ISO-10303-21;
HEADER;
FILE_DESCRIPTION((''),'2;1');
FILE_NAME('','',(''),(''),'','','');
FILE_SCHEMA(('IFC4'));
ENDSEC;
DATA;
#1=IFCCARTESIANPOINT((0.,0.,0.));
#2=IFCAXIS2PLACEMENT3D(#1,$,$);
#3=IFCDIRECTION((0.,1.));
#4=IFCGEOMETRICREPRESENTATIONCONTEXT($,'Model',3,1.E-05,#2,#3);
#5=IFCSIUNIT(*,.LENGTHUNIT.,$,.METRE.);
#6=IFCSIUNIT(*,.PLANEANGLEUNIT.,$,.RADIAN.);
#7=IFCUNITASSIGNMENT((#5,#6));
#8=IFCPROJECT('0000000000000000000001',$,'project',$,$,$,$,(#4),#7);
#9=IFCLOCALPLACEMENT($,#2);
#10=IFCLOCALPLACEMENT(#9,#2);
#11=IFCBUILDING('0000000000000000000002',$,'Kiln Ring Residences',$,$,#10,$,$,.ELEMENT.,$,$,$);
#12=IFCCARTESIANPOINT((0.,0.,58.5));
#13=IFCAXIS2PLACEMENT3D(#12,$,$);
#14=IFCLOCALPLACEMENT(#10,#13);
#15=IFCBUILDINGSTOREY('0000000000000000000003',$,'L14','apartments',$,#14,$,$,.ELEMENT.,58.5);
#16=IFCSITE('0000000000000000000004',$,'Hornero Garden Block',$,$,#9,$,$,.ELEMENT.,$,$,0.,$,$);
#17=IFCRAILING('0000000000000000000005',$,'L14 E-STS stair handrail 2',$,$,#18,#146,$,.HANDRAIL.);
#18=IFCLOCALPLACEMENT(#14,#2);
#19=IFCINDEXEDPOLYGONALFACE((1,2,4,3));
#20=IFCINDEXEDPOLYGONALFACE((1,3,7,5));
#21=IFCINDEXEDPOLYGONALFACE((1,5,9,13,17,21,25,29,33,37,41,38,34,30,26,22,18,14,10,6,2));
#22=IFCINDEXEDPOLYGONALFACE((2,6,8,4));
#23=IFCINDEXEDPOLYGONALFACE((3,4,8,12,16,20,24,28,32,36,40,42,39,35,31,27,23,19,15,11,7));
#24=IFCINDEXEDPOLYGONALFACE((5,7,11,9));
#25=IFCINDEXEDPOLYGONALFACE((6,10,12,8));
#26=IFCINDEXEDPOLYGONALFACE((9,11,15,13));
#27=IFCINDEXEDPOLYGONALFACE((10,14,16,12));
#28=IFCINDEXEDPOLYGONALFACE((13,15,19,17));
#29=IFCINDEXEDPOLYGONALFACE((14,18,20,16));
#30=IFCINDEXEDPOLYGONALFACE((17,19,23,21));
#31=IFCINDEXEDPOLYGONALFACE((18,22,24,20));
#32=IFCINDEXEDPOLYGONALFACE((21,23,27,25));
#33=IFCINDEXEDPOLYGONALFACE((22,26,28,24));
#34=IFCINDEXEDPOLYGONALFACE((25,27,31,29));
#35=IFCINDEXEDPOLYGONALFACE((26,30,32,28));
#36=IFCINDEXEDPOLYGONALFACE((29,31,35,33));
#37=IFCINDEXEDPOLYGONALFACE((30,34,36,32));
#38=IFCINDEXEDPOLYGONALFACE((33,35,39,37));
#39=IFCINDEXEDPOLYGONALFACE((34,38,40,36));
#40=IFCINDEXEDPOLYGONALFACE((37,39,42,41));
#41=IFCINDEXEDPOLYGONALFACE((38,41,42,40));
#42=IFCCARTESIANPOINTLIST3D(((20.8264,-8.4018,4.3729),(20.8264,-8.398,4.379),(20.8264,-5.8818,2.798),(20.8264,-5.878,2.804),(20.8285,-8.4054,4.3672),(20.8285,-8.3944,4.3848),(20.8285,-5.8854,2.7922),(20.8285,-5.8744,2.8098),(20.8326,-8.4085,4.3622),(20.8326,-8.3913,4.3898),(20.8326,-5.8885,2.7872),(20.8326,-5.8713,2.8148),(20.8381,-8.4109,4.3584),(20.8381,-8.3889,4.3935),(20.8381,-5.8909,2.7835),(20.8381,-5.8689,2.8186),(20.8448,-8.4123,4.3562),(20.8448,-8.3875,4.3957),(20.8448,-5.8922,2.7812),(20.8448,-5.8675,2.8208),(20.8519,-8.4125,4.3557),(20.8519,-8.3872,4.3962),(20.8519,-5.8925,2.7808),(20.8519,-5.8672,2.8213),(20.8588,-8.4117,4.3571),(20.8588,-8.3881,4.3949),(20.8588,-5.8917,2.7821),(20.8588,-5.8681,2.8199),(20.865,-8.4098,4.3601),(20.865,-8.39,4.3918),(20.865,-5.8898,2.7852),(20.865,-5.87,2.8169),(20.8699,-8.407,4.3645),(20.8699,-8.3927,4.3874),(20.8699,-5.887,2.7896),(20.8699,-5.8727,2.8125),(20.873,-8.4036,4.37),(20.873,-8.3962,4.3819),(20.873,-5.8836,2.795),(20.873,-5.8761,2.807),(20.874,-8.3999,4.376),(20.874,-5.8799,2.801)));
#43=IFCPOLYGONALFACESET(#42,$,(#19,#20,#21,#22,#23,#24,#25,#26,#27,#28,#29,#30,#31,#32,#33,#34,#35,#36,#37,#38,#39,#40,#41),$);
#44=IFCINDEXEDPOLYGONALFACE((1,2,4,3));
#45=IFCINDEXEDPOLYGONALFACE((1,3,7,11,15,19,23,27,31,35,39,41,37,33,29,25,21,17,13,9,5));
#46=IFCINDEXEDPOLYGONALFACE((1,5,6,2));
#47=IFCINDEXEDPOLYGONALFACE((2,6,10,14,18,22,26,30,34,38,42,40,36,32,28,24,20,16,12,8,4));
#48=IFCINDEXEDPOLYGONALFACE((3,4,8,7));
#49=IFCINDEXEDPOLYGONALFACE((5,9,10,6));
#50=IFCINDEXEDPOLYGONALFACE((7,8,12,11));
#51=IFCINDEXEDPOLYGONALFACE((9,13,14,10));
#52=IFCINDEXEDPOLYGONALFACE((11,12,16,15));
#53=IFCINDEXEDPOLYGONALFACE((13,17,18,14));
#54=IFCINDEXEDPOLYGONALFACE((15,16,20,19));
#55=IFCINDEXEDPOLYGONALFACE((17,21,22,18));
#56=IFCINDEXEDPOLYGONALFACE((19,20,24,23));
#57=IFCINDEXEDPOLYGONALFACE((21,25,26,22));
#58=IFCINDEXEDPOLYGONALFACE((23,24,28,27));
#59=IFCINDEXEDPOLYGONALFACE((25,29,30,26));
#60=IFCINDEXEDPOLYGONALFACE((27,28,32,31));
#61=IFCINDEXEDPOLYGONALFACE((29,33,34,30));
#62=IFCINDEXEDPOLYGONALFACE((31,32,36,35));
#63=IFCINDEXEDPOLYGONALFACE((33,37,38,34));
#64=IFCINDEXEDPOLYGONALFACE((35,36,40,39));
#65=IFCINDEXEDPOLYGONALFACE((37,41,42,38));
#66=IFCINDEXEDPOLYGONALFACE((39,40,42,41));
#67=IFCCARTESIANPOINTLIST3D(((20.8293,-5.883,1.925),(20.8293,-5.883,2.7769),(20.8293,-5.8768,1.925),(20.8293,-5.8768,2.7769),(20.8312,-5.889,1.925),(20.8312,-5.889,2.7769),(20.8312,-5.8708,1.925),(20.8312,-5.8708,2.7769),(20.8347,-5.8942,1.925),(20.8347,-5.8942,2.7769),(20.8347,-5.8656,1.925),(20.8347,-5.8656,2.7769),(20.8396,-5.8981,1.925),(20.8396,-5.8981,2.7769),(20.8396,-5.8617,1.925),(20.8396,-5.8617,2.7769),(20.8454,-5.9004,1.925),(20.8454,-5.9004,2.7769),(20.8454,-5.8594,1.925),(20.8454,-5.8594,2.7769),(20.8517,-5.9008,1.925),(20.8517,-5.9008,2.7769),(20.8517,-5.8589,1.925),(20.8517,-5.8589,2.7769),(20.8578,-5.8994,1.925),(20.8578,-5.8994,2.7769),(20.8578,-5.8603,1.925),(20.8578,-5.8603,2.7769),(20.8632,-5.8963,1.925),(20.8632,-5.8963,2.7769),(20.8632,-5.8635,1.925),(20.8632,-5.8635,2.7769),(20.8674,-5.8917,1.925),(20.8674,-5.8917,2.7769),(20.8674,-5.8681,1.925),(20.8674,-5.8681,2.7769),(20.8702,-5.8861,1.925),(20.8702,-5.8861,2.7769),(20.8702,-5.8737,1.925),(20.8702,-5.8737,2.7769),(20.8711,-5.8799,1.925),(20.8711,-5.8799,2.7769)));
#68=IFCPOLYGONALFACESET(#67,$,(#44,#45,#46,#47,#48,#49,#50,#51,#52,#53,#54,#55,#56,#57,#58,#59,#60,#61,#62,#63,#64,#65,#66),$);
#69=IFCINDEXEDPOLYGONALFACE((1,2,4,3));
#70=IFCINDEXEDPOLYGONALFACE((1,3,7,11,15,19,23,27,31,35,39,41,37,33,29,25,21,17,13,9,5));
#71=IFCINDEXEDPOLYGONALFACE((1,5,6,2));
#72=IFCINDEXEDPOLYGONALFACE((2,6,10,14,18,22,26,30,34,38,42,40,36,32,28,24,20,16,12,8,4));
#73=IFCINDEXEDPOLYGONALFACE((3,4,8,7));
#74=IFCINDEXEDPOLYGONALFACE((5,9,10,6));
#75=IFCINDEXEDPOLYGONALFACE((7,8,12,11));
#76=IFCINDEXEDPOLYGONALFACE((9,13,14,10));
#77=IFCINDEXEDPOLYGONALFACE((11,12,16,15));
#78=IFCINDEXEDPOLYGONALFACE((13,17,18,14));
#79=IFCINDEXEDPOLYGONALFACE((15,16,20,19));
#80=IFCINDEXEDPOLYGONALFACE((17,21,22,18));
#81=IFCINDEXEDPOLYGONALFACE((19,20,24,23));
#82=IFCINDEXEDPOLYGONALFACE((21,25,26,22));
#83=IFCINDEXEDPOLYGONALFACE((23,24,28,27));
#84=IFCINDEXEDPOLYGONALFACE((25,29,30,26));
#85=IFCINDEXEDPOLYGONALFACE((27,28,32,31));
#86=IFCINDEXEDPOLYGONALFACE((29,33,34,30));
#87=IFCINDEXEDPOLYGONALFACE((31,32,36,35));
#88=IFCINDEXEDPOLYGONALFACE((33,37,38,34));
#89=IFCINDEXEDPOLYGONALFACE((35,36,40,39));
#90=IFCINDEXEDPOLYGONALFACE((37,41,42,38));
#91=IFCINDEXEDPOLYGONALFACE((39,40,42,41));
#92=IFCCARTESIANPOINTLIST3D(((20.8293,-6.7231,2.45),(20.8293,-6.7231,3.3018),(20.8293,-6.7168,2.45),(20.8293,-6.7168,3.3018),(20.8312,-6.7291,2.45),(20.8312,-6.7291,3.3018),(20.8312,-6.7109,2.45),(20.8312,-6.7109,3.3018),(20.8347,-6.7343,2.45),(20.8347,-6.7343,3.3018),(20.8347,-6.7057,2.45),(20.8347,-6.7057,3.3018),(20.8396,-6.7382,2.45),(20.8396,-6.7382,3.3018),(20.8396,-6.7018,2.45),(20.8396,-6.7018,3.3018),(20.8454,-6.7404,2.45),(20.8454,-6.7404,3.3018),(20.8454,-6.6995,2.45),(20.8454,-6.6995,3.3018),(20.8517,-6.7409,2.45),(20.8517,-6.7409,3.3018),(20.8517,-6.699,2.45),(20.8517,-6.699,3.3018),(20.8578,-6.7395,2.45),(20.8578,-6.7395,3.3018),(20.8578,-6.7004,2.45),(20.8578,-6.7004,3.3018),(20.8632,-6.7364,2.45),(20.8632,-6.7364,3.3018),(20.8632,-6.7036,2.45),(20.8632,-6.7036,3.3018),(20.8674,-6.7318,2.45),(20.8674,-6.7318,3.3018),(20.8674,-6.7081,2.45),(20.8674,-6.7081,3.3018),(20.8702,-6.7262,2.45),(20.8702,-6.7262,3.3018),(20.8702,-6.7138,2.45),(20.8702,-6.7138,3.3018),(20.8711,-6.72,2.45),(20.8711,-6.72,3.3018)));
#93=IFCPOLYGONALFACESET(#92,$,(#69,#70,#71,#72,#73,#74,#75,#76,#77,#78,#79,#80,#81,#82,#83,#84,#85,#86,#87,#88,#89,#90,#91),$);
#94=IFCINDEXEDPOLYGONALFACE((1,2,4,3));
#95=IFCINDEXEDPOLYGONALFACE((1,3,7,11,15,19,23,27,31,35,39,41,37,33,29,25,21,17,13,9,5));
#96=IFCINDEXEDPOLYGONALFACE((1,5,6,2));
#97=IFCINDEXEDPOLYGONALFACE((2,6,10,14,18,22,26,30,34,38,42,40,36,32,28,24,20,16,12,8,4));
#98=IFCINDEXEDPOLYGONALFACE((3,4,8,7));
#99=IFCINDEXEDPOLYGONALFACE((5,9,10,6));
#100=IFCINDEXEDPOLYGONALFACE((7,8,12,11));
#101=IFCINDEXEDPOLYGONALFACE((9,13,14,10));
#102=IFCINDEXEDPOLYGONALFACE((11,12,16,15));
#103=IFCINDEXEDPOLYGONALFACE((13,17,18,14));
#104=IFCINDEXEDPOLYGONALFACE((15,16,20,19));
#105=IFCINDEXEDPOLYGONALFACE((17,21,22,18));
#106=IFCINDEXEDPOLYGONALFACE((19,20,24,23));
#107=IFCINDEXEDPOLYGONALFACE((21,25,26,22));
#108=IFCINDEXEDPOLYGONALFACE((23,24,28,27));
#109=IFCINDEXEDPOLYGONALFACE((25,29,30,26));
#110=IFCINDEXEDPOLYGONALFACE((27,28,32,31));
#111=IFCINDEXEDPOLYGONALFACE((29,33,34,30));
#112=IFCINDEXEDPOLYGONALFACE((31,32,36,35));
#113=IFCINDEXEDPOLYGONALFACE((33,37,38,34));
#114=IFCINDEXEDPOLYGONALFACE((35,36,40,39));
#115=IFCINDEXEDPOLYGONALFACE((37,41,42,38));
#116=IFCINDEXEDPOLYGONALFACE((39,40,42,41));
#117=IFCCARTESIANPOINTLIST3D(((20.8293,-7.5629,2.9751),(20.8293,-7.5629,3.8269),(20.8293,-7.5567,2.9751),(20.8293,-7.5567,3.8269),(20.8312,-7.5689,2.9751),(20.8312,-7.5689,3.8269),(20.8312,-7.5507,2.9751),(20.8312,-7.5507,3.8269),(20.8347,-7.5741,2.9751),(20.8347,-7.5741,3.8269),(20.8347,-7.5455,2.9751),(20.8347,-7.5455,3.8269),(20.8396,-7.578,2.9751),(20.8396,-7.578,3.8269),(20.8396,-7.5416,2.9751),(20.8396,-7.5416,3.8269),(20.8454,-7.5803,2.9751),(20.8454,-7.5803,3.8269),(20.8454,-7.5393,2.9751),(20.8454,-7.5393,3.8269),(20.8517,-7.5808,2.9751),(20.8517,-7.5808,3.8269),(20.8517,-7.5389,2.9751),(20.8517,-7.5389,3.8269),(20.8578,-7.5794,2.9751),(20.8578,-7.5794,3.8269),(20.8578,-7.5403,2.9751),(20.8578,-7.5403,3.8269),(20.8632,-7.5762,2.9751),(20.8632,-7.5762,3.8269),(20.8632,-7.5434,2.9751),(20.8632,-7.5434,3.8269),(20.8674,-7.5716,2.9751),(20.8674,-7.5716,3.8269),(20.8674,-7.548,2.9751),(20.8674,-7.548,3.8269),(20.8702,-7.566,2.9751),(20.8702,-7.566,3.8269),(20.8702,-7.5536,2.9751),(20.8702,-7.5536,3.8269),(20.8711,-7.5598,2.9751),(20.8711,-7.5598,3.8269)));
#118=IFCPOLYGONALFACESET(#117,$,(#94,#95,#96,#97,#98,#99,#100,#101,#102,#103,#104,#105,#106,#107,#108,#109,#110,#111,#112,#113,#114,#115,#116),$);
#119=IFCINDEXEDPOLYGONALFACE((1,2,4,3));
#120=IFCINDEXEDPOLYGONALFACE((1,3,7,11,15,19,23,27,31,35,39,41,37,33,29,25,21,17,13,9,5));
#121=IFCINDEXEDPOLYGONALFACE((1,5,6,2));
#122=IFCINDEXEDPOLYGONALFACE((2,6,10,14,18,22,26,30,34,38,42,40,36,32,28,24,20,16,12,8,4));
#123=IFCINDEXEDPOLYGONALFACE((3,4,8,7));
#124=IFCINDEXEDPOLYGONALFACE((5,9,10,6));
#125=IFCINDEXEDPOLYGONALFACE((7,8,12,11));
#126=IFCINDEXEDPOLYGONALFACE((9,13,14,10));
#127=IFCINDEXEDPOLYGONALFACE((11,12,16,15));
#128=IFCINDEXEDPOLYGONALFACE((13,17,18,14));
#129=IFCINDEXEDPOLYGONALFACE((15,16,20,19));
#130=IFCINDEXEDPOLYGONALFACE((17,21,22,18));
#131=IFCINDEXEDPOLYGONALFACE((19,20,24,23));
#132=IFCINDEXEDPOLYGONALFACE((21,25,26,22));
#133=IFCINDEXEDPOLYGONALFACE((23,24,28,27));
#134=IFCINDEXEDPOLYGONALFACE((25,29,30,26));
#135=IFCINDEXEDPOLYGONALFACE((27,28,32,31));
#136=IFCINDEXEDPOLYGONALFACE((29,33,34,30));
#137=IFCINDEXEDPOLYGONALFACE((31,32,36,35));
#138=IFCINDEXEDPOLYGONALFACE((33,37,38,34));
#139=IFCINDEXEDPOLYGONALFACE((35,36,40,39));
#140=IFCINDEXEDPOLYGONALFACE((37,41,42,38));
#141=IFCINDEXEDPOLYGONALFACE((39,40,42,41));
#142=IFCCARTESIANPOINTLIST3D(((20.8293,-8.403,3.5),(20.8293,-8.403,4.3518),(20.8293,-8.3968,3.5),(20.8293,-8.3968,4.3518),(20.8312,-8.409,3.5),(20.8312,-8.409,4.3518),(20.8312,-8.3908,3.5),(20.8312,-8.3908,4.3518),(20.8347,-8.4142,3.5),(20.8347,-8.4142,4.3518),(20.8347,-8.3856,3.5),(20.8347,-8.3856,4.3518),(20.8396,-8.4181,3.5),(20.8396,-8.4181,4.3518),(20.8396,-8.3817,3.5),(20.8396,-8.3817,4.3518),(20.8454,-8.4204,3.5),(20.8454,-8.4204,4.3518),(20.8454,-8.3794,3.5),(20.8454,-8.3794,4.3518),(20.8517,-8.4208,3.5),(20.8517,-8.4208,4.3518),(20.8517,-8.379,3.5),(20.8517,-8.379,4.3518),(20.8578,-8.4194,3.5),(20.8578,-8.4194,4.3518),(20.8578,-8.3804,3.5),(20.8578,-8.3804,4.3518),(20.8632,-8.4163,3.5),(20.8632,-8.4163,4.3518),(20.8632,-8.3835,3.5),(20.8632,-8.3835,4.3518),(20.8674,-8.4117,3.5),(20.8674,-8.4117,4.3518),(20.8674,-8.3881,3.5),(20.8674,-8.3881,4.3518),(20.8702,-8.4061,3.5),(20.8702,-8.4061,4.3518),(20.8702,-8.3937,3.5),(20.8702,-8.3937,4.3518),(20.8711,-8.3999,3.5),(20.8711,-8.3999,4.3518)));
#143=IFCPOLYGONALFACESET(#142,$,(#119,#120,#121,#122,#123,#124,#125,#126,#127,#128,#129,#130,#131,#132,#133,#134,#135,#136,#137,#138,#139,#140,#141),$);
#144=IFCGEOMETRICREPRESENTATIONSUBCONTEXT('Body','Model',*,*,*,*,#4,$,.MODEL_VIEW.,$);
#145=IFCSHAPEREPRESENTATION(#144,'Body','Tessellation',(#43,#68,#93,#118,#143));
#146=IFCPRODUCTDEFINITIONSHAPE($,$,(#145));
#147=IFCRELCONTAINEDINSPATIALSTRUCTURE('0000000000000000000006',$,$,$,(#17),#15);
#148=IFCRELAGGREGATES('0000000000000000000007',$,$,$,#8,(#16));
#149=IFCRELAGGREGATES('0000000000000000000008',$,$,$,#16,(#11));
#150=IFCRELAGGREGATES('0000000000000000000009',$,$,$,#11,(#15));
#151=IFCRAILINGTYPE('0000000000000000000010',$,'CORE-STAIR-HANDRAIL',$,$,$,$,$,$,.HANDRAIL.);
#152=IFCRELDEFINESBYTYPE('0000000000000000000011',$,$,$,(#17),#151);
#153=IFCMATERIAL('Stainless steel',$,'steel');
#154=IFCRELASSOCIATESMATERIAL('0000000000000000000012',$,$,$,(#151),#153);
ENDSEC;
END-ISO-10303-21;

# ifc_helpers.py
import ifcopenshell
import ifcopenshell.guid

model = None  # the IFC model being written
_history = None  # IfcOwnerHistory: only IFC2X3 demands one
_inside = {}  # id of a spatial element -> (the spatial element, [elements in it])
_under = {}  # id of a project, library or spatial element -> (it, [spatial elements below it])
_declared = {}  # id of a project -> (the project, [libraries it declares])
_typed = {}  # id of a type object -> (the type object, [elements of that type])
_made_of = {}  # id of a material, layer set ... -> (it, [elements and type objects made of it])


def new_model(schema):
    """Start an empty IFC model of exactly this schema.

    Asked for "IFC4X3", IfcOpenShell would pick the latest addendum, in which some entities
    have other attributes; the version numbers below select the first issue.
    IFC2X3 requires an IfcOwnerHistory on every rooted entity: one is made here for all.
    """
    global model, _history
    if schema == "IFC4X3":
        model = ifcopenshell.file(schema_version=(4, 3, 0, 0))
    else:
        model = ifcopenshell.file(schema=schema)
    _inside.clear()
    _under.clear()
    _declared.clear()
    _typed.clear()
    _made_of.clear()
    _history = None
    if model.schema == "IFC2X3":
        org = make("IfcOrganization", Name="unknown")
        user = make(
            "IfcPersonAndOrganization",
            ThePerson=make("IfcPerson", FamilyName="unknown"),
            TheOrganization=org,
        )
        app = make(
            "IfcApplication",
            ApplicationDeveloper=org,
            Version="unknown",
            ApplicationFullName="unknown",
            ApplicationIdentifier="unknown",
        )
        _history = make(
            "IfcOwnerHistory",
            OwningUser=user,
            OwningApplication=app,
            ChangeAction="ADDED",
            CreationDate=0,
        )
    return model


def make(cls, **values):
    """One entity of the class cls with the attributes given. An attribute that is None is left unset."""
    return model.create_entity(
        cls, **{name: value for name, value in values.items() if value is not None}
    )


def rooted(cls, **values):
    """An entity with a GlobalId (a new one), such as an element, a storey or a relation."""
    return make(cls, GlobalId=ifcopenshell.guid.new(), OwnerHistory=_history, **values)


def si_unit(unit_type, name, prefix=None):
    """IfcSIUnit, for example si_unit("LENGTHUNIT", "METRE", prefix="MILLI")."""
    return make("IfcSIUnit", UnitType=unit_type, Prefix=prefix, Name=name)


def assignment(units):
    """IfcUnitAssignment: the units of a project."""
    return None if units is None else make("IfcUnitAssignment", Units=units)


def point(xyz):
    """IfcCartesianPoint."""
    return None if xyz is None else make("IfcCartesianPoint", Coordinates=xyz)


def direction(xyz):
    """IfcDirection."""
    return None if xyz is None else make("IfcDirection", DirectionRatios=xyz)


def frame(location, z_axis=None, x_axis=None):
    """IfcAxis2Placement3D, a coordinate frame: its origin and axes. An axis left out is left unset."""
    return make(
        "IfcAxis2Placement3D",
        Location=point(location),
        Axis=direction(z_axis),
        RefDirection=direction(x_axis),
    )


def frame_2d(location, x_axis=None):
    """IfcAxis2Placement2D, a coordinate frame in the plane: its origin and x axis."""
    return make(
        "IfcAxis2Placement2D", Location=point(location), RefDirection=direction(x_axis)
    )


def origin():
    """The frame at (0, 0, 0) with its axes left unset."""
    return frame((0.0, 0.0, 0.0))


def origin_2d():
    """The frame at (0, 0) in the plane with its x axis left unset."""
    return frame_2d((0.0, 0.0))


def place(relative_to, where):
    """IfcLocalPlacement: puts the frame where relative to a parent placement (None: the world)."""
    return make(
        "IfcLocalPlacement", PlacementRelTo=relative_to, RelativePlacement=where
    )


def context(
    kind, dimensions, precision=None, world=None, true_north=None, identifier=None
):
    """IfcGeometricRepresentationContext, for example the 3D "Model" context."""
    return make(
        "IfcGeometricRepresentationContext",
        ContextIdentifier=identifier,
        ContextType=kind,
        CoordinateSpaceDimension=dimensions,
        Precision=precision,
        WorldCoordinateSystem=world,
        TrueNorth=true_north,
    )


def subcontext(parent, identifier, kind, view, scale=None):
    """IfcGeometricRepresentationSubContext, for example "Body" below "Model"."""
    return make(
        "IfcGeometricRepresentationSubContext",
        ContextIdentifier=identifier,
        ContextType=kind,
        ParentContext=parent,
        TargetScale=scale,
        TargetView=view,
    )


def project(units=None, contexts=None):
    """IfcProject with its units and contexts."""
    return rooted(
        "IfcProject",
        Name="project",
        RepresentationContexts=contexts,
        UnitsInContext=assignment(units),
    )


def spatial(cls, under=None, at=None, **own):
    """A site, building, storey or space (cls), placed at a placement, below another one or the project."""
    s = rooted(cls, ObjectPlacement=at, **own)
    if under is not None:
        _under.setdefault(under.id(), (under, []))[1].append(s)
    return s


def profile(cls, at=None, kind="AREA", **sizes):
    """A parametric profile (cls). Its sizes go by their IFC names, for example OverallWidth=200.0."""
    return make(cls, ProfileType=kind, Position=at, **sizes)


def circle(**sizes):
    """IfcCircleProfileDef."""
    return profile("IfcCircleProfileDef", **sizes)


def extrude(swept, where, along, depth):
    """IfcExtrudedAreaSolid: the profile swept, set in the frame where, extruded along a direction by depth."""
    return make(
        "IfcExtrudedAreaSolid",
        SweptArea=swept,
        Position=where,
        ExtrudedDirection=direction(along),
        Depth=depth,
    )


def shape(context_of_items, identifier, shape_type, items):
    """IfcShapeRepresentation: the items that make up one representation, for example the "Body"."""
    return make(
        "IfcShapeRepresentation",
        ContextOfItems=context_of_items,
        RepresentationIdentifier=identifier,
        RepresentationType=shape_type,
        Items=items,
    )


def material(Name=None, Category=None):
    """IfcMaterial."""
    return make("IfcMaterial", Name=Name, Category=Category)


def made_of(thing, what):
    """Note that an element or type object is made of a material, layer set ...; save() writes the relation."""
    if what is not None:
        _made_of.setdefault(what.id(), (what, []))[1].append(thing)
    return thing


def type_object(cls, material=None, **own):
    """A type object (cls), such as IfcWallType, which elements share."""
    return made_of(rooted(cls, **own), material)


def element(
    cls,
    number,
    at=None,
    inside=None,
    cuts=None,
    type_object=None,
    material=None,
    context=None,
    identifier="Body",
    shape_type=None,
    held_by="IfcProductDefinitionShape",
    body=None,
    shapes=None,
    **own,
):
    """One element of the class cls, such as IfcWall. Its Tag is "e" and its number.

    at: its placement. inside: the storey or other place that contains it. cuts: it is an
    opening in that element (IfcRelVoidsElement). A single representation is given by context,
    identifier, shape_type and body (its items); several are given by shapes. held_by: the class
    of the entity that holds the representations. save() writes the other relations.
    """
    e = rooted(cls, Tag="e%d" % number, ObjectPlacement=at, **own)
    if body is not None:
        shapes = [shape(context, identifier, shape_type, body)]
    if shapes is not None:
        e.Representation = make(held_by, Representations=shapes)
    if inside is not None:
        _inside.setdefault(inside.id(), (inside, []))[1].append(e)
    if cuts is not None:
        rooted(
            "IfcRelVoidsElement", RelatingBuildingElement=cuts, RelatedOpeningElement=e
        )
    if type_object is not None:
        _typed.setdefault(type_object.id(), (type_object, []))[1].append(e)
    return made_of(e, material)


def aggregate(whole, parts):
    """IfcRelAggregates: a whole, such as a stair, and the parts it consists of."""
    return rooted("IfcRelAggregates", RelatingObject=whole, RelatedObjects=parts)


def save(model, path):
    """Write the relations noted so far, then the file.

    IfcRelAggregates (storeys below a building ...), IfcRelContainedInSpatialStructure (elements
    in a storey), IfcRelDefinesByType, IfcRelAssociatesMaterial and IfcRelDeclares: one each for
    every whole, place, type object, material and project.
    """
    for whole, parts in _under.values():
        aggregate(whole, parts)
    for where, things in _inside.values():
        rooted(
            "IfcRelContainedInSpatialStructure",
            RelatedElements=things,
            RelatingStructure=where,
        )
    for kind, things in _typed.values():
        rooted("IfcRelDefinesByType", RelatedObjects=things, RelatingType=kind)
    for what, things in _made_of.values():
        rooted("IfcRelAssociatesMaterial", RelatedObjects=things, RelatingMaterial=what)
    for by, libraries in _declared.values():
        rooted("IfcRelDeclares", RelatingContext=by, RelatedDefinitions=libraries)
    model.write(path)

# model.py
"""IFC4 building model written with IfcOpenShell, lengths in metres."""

from ifc_helpers import new_model, si_unit, direction, frame, origin, origin_2d, place, context, subcontext, project, spatial, circle, extrude, material, type_object, element, save


model = new_model("IFC4")

# Units and contexts
model_context = context("Model", 3, precision=1e-05, world=origin(), true_north=direction((0.0, 1.0)))
body_context = subcontext(model_context, "Body", "Model", "MODEL_VIEW")
ifc_project = project(units=[si_unit("LENGTHUNIT", "METRE"), si_unit("PLANEANGLEUNIT", "RADIAN")], contexts=[model_context])

# Site, building, storey
site_placement = place(None, origin())
site = spatial("IfcSite", under=ifc_project, at=site_placement, Name="Hornero Garden Block", CompositionType="ELEMENT", RefElevation=0.0)
building_placement = place(site_placement, origin())
building = spatial("IfcBuilding", under=site, at=building_placement, Name="Kiln Ring Residences", CompositionType="ELEMENT")
storey_placement = place(building_placement, frame((0.0, 0.0, 58.5)))
storey = spatial("IfcBuildingStorey", under=building, at=storey_placement, Name="L14", Description="apartments", CompositionType="ELEMENT", Elevation=58.5)

# Railing
ifc_material_1 = material(Name="Stainless steel", Category="steel")
railing_type_1 = type_object("IfcRailingType", Name="CORE-STAIR-HANDRAIL", PredefinedType="HANDRAIL", material=ifc_material_1)
railing_1_placement = place(storey_placement, frame((20.8501, -5.8799, 1.925)))
element("IfcRailing", 1, at=railing_1_placement, inside=storey, type_object=railing_type_1, Name="L14 E-STS stair handrail 2", PredefinedType="HANDRAIL", context=body_context, shape_type="SweptSolid", body=[
    extrude(circle(Radius=0.0239, at=origin_2d()), frame((0.0, 0.0, 0.876), z_axis=(0.0, -0.848008, 0.529984), x_axis=(1.0, 0.0, 0.0)), (0.0, 0.0, 1.0), 2.9717),
    extrude(circle(Radius=0.021, at=origin_2d()), origin(), (0.0, 0.0, 1.0), 0.8518),
    extrude(circle(Radius=0.021, at=origin_2d()), frame((0.0, -0.8401, 0.5249)), (0.0, 0.0, 1.0), 0.8518),
    extrude(circle(Radius=0.021, at=origin_2d()), frame((0.0, -1.6799, 1.05)), (0.0, 0.0, 1.0), 0.8518),
    extrude(circle(Radius=0.021, at=origin_2d()), frame((0.0, -2.52, 1.575)), (0.0, 0.0, 1.0), 0.8518),
])

save(model, "model.ifc")
